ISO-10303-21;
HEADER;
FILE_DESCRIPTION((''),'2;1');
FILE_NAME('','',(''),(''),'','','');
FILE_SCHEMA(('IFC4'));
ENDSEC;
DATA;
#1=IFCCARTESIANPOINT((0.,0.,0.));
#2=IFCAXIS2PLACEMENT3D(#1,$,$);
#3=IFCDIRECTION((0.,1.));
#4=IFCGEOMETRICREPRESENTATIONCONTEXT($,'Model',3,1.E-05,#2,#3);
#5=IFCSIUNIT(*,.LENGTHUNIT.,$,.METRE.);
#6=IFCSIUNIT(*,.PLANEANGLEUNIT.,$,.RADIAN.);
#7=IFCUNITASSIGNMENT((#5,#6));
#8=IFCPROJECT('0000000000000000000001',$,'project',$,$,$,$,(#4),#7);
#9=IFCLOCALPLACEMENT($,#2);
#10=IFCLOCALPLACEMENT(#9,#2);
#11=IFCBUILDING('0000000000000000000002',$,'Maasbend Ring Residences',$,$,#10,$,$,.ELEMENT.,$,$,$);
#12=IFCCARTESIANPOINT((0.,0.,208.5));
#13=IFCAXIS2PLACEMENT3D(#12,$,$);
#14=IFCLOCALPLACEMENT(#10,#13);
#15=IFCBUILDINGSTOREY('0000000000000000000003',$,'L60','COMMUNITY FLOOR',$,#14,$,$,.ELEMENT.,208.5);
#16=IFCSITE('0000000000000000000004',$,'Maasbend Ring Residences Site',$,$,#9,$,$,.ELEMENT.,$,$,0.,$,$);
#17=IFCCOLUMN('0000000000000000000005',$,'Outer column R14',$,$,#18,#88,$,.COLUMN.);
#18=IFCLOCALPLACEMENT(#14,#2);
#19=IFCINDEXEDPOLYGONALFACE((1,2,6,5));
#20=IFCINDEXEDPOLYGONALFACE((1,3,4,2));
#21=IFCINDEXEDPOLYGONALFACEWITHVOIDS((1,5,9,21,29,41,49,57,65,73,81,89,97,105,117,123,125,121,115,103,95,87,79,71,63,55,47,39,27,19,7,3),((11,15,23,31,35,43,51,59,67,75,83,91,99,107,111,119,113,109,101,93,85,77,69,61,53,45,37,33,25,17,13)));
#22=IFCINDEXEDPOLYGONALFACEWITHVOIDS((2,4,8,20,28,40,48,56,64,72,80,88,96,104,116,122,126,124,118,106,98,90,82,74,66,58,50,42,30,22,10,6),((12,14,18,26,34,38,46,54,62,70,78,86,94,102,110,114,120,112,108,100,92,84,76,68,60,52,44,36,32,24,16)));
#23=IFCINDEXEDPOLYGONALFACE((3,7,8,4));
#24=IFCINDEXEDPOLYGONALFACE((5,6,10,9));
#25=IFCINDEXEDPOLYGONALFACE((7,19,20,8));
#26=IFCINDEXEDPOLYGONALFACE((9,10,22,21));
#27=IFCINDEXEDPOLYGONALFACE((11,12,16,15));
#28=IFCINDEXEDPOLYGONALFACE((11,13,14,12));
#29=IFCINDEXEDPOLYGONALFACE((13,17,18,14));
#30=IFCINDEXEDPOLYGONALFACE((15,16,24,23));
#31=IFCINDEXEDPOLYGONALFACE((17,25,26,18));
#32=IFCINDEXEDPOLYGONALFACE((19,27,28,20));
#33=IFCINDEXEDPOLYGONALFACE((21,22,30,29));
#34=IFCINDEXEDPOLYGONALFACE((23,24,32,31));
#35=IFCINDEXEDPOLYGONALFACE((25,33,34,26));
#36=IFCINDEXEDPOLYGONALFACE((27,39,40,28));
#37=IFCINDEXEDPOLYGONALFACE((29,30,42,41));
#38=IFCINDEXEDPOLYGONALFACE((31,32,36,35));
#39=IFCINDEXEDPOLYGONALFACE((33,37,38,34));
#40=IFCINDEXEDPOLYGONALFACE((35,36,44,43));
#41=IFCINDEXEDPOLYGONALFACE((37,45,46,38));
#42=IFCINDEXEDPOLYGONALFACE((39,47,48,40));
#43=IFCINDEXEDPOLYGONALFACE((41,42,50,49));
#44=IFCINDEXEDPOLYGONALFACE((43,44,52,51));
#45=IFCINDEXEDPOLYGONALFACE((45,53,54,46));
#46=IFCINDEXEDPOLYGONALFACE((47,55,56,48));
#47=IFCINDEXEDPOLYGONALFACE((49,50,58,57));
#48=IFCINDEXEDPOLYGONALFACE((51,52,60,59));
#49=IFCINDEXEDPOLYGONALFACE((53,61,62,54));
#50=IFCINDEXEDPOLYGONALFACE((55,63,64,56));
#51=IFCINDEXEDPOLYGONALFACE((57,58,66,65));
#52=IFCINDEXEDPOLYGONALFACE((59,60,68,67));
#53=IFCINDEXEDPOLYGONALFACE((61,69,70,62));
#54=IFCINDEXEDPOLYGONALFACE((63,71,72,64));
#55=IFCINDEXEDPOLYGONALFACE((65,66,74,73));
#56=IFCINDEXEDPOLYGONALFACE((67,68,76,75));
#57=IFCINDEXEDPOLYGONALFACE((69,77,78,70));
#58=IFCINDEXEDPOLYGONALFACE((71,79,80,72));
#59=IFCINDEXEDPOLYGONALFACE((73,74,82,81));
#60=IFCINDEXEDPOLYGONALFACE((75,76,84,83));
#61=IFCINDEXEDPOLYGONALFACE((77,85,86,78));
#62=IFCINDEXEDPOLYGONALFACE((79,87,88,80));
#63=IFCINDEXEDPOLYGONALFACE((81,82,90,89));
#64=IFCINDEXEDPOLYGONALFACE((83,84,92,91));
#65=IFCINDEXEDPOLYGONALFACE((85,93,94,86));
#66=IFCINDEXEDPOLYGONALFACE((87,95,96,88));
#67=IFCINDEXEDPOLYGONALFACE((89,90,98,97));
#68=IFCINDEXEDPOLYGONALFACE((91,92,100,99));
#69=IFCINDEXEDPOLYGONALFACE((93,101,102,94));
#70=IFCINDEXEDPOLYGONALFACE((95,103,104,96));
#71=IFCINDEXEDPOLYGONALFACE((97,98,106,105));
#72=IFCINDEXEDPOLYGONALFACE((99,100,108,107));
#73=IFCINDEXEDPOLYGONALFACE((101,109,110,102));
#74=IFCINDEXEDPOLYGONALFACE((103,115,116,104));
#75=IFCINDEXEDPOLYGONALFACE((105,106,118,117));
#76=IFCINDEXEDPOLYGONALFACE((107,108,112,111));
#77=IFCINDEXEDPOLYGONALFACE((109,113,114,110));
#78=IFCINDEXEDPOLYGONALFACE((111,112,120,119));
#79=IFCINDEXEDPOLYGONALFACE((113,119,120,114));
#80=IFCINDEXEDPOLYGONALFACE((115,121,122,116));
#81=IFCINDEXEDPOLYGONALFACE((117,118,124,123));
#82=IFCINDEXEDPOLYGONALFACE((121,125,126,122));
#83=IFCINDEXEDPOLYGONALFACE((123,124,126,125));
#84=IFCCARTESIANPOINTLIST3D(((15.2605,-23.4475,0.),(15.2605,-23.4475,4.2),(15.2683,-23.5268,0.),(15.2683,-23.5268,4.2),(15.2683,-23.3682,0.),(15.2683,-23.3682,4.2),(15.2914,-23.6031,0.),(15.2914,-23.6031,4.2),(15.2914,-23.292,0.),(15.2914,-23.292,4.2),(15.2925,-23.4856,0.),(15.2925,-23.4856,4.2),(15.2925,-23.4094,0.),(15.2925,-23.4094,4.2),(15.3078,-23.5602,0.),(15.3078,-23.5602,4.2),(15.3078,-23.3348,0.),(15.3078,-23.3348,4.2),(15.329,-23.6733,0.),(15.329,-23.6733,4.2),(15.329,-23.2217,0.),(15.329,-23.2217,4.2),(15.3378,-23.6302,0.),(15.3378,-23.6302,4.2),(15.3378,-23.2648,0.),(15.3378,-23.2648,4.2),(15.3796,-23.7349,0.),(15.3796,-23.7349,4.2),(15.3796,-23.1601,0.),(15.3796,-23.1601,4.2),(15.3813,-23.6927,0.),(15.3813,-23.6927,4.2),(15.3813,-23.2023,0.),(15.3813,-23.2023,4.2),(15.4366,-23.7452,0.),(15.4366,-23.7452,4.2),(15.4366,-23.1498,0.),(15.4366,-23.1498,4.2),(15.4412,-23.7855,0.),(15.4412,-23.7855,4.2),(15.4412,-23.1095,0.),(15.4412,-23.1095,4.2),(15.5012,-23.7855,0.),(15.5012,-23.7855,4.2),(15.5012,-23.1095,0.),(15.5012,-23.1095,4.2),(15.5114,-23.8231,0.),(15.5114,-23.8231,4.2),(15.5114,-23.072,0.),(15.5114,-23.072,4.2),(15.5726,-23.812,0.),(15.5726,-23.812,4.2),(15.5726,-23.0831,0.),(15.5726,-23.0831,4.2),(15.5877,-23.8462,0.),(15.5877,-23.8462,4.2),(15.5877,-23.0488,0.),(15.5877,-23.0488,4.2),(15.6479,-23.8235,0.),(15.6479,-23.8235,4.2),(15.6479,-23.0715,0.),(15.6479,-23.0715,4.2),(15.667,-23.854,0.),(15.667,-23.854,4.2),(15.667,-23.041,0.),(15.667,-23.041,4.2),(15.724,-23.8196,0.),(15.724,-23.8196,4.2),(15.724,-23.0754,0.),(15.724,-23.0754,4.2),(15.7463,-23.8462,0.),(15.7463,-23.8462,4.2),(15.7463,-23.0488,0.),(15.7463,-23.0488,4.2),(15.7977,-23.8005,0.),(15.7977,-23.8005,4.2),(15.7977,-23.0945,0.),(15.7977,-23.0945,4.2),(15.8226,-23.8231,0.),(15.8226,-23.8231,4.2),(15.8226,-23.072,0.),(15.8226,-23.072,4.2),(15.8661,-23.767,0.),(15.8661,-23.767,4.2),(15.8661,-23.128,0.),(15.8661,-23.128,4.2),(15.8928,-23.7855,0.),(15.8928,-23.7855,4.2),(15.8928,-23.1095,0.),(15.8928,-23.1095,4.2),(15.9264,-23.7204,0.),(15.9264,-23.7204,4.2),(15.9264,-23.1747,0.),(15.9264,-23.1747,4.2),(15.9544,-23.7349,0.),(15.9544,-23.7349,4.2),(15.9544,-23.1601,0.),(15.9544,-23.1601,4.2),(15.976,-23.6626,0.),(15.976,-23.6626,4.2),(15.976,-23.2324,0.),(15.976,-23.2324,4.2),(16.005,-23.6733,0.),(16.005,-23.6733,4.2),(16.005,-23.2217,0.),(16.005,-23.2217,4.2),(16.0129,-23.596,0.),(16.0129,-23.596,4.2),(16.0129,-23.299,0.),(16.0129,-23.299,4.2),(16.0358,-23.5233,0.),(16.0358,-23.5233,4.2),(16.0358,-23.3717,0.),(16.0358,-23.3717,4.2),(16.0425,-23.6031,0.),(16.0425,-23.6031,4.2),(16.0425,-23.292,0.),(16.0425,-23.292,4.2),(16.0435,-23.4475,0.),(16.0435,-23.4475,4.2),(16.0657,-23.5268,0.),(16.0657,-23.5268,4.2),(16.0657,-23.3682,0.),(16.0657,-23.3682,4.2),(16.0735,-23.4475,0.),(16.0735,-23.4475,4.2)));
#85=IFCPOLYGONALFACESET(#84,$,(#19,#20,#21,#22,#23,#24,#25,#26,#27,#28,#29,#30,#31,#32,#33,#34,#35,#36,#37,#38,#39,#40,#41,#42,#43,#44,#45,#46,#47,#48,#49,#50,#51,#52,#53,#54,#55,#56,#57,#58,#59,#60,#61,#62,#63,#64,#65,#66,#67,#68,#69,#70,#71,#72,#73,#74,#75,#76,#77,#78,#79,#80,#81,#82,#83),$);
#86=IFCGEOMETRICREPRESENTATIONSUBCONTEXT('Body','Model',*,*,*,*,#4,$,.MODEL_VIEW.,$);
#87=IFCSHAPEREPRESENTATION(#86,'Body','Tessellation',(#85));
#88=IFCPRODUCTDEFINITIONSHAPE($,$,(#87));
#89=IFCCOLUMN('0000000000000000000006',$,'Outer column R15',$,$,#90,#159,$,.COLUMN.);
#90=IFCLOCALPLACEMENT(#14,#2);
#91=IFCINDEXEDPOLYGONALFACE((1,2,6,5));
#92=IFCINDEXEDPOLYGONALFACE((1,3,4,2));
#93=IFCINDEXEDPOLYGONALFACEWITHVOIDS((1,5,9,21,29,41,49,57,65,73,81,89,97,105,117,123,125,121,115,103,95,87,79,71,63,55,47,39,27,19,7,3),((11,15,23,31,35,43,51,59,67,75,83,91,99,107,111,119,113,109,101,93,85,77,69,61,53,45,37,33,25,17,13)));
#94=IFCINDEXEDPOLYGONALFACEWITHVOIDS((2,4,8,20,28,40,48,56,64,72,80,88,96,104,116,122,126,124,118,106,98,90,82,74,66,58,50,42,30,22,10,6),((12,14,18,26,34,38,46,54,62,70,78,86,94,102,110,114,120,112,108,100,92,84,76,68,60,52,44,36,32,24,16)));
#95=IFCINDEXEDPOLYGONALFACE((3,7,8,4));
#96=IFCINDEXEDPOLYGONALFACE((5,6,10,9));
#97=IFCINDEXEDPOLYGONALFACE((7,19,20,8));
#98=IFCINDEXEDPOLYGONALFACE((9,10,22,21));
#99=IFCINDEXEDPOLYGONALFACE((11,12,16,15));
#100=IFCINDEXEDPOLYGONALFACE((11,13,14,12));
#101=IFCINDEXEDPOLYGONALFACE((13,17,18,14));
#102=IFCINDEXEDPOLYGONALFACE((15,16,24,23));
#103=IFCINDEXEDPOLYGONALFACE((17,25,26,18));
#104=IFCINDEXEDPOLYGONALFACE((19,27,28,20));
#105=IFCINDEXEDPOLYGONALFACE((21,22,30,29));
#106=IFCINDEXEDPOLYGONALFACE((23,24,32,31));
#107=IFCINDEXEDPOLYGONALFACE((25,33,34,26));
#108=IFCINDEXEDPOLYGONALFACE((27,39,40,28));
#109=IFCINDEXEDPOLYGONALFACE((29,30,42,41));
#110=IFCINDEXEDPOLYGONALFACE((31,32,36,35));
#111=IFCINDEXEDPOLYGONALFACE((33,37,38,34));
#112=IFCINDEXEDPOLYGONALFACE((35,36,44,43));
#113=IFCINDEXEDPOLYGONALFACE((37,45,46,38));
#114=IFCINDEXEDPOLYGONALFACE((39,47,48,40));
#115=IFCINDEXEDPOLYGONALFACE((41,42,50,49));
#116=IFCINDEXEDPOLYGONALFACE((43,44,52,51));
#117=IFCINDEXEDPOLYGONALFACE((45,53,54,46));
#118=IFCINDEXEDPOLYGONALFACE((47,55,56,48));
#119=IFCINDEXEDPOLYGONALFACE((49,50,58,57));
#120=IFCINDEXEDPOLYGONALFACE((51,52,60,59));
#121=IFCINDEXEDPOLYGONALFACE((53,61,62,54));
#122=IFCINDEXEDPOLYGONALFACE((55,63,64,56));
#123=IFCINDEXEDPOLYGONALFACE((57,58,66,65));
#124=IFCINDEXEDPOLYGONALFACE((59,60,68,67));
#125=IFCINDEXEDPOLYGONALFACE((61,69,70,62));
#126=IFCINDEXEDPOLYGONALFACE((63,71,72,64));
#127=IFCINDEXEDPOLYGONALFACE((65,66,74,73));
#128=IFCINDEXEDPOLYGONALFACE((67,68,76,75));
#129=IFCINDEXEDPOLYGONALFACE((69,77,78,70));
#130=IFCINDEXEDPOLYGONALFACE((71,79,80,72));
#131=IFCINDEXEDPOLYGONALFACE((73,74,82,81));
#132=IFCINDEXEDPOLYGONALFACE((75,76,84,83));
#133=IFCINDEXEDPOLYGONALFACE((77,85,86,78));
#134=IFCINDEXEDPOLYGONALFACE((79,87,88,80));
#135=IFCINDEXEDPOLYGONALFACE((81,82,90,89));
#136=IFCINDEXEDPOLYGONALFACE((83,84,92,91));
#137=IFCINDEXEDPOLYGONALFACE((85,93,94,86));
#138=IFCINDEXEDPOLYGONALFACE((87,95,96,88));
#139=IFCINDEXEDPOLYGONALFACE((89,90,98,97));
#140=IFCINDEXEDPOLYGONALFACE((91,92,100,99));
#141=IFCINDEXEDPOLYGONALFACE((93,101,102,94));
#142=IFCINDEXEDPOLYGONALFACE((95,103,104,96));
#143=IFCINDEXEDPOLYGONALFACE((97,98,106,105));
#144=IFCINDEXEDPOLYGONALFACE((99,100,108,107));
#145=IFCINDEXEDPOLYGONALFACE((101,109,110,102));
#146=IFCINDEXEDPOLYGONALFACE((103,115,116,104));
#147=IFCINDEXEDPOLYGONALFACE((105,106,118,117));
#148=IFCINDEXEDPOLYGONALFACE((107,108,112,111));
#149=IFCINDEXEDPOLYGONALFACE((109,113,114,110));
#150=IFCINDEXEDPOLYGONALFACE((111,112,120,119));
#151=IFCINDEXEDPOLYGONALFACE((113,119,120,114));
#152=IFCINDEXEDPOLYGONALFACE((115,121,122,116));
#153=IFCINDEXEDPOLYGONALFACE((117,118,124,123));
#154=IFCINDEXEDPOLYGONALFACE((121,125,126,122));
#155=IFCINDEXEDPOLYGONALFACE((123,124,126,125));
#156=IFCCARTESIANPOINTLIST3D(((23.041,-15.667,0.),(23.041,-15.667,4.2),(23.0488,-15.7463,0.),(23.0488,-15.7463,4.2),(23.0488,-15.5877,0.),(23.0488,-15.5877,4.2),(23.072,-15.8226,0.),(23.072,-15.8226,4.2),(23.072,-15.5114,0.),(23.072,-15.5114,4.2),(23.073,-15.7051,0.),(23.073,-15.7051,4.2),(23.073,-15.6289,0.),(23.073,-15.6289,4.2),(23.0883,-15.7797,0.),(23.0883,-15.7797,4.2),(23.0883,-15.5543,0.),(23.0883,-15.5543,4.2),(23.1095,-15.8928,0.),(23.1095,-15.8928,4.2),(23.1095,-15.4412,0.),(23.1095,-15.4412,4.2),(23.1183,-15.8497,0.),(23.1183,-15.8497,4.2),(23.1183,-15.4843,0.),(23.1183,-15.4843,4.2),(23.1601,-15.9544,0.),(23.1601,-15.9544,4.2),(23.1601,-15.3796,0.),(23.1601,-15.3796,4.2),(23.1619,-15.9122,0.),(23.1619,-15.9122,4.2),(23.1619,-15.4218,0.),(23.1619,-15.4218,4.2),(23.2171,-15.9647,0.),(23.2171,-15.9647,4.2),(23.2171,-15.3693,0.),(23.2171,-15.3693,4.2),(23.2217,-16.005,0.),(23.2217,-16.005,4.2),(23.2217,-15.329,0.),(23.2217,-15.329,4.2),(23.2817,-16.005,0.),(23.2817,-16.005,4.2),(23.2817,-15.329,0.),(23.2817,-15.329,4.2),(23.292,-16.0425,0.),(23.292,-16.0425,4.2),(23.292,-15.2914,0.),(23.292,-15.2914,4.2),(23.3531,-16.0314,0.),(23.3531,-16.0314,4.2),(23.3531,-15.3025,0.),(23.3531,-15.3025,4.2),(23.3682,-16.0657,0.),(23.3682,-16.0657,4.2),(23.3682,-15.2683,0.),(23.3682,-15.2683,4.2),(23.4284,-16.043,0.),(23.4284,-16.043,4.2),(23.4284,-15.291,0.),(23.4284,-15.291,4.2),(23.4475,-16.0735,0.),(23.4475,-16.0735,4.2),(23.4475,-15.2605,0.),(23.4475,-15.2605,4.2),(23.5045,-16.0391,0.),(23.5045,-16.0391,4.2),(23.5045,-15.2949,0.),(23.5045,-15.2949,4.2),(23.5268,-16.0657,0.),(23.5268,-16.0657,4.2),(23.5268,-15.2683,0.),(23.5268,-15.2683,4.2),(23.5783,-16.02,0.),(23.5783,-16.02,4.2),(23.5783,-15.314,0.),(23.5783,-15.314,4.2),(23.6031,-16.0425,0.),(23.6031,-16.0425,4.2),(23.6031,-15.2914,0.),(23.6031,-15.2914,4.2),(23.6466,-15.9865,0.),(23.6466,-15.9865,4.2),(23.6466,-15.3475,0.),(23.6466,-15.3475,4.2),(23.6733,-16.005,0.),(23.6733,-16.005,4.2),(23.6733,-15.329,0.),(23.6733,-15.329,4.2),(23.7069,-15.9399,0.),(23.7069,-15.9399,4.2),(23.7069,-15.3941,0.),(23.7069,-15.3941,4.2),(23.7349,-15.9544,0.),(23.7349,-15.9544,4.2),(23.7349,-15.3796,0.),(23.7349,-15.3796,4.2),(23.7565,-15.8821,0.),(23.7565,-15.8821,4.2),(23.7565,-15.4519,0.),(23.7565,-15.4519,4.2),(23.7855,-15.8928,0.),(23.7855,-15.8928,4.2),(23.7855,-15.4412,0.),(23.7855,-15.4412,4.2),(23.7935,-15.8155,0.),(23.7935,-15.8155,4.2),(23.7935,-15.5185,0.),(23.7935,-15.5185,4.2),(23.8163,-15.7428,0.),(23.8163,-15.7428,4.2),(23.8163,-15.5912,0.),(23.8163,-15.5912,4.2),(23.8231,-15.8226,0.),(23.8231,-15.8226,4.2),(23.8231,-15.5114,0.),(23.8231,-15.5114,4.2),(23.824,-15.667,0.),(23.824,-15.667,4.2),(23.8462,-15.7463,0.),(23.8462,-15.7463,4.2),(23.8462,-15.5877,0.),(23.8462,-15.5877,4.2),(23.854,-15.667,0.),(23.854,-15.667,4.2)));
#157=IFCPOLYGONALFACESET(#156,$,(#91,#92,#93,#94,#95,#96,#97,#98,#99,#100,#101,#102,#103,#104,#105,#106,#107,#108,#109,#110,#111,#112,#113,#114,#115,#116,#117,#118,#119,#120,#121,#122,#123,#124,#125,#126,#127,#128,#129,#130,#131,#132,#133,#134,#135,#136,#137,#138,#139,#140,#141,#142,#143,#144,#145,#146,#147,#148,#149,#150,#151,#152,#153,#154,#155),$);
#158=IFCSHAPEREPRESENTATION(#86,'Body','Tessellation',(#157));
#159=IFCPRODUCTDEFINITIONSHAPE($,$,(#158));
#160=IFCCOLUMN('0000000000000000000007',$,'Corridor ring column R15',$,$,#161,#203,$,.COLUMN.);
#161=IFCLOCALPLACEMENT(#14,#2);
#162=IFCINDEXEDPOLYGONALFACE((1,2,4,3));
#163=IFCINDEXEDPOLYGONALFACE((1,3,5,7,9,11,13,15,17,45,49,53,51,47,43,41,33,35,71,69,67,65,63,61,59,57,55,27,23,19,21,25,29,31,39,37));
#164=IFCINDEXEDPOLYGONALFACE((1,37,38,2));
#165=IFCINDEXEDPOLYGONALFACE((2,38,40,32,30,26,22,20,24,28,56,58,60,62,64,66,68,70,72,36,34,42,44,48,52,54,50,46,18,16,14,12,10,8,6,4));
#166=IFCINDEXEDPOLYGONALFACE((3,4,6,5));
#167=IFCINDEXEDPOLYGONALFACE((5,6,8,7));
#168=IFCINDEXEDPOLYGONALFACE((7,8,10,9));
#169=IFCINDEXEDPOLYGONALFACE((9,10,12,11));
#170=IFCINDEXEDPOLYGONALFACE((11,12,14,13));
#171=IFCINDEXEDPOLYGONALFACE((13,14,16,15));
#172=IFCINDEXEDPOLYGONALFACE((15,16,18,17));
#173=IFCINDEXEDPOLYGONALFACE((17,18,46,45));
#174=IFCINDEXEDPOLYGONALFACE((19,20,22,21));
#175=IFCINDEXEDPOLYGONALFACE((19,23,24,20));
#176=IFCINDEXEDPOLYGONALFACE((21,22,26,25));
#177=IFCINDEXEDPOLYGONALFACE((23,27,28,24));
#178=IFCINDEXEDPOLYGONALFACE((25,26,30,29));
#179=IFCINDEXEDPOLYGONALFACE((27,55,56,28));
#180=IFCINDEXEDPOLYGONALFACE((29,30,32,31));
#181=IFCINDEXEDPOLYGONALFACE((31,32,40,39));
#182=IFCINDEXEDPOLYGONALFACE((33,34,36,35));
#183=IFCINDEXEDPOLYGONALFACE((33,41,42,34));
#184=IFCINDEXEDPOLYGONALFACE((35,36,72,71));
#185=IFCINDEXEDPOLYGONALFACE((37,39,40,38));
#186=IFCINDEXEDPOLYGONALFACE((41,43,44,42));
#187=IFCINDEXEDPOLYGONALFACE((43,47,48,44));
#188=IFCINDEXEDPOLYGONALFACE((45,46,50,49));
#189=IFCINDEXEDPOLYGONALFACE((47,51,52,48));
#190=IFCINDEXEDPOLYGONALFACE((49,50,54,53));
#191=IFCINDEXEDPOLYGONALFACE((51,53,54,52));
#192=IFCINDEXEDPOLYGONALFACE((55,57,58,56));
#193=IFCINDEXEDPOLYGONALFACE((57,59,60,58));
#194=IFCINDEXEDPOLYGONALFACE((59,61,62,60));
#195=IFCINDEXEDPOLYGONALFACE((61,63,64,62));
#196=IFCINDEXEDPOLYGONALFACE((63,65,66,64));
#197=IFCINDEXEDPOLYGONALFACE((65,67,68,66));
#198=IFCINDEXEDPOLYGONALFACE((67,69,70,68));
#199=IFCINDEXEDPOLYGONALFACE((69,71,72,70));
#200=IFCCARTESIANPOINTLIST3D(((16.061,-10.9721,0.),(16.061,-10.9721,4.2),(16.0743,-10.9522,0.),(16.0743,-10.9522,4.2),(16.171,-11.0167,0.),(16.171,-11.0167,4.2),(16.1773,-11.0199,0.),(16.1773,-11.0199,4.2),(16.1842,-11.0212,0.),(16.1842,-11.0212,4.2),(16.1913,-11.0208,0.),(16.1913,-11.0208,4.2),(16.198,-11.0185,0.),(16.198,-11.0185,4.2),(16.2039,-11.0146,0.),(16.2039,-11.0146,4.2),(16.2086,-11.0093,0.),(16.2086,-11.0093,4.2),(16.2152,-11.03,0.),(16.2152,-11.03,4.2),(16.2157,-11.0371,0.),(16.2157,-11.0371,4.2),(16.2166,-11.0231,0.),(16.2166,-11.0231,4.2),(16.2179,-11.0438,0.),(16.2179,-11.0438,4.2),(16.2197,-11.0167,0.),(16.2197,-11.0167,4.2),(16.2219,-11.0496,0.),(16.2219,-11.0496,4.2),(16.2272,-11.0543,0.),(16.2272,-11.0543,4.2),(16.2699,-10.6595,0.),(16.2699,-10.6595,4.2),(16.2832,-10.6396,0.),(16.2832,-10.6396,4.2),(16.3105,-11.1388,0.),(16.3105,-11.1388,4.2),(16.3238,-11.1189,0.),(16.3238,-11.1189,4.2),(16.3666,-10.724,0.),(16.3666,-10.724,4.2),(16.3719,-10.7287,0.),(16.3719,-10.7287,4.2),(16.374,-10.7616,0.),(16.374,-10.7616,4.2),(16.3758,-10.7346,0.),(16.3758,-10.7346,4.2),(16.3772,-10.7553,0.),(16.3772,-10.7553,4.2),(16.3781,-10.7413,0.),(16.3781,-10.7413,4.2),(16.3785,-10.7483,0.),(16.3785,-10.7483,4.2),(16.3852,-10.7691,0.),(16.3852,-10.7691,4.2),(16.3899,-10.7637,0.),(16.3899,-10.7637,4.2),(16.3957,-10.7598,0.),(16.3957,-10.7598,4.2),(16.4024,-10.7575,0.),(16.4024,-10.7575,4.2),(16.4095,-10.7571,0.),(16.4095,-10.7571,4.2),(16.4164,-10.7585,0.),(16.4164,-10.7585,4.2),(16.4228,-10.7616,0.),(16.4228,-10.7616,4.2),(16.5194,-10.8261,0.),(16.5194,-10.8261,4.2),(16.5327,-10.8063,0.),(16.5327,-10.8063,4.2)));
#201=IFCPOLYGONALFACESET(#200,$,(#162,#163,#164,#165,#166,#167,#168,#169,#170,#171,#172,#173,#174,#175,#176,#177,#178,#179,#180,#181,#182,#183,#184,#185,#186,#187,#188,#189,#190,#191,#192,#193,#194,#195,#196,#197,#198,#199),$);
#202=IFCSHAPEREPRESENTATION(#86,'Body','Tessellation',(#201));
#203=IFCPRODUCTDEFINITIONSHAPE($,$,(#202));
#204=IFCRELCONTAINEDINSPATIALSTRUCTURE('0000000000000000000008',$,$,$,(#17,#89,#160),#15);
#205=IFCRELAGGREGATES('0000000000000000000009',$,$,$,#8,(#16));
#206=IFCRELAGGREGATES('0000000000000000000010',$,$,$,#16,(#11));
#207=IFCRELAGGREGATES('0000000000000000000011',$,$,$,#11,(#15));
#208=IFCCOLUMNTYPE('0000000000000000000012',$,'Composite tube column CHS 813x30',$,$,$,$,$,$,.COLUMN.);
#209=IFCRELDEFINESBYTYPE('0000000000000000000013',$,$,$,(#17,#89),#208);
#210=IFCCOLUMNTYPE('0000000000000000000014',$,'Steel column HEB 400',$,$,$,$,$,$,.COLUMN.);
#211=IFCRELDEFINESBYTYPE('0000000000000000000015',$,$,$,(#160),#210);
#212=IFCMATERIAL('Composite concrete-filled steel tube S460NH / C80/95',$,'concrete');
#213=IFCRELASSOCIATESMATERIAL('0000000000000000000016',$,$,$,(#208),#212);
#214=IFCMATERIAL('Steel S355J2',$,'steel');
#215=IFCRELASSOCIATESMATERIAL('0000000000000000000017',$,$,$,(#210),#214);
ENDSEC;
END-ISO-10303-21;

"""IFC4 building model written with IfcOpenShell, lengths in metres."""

from ifc_helpers import new_model, si_unit, direction, frame, origin, origin_2d, place, context, subcontext, project, spatial, hollow_circle, i_section, extrude, material, material_profile, profile_set, type_object, element, save


model = new_model("IFC4")

# Units and contexts
model_context = context("Model", 3, precision=1e-05, world=origin(), true_north=direction((0.0, 1.0)))
body_context = subcontext(model_context, "Body", "Model", "MODEL_VIEW")
ifc_project = project(units=[si_unit("LENGTHUNIT", "METRE"), si_unit("PLANEANGLEUNIT", "RADIAN")], contexts=[model_context])

# Site, building, storey
site_placement = place(None, origin())
site = spatial("IfcSite", under=ifc_project, at=site_placement, Name="Maasbend Ring Residences Site", CompositionType="ELEMENT", RefElevation=0.0)
building_placement = place(site_placement, origin())
building = spatial("IfcBuilding", under=site, at=building_placement, Name="Maasbend Ring Residences", CompositionType="ELEMENT")
storey_placement = place(building_placement, frame((0.0, 0.0, 208.5)))
storey = spatial("IfcBuildingStorey", under=building, at=storey_placement, Name="L60", Description="COMMUNITY FLOOR", CompositionType="ELEMENT", Elevation=208.5)

# Columns
ifc_material_1 = material(Name="Composite concrete-filled steel tube S460NH / C80/95", Category="concrete")
ifc_material_profile_1 = material_profile(ifc_material_1, hollow_circle(Radius=0.4065, WallThickness=0.03, at=origin_2d()), Name="Composite tube column CHS 813x30")
ifc_profile_set_1 = profile_set([ifc_material_profile_1], Name="Composite concrete-filled steel tube S460NH / C80/95")
column_type_1 = type_object("IfcColumnType", Name="Composite tube column CHS 813x30", PredefinedType="COLUMN", material=ifc_profile_set_1)
for number, where, z_axis, x_axis, name in (
    (1, (15.667, -23.4475, 0.0), (0.0, 0.0, 1.0), (1.0, 0.0, 0.0), "Outer column R14"),
    (2, (23.4475, -15.667, 0.0), (0.0, 0.0, 1.0), (1.0, 0.0, 0.0), "Outer column R15"),
):
    element("IfcColumn", number, at=place(storey_placement, frame(where, z_axis=z_axis, x_axis=x_axis)), inside=storey, type_object=column_type_1, Name=name, PredefinedType="COLUMN", context=body_context, shape_type="SweptSolid", body=[
        extrude(hollow_circle(Radius=0.4065, WallThickness=0.03, at=origin_2d()), origin(), (0.0, 0.0, 1.0), 4.2),
    ])
ifc_material_2 = material(Name="Steel S355J2", Category="steel")
ifc_material_profile_2 = material_profile(ifc_material_2, i_section(OverallWidth=0.3, OverallDepth=0.3999, WebThickness=0.0134, FlangeThickness=0.0239, FilletRadius=0.0271, at=origin_2d()), Name="HEB 400")
ifc_profile_set_2 = profile_set([ifc_material_profile_2], Name="Steel S355J2")
column_type_2 = type_object("IfcColumnType", Name="Steel column HEB 400", PredefinedType="COLUMN", material=ifc_profile_set_2)
column_placement = place(storey_placement, frame((16.2969, -10.8892, 0.0), z_axis=(0.0, 0.0, 1.0), x_axis=(0.83147, -0.55557, 0.0)))
element("IfcColumn", 3, at=column_placement, inside=storey, type_object=column_type_2, Name="Corridor ring column R15", PredefinedType="COLUMN", context=body_context, shape_type="SweptSolid", body=[
    extrude(i_section(OverallWidth=0.3, OverallDepth=0.3999, WebThickness=0.0134, FlangeThickness=0.0239, FilletRadius=0.0271, at=origin_2d()), origin(), (0.0, 0.0, 1.0), 4.2),
])

save(model, "model.ifc")
